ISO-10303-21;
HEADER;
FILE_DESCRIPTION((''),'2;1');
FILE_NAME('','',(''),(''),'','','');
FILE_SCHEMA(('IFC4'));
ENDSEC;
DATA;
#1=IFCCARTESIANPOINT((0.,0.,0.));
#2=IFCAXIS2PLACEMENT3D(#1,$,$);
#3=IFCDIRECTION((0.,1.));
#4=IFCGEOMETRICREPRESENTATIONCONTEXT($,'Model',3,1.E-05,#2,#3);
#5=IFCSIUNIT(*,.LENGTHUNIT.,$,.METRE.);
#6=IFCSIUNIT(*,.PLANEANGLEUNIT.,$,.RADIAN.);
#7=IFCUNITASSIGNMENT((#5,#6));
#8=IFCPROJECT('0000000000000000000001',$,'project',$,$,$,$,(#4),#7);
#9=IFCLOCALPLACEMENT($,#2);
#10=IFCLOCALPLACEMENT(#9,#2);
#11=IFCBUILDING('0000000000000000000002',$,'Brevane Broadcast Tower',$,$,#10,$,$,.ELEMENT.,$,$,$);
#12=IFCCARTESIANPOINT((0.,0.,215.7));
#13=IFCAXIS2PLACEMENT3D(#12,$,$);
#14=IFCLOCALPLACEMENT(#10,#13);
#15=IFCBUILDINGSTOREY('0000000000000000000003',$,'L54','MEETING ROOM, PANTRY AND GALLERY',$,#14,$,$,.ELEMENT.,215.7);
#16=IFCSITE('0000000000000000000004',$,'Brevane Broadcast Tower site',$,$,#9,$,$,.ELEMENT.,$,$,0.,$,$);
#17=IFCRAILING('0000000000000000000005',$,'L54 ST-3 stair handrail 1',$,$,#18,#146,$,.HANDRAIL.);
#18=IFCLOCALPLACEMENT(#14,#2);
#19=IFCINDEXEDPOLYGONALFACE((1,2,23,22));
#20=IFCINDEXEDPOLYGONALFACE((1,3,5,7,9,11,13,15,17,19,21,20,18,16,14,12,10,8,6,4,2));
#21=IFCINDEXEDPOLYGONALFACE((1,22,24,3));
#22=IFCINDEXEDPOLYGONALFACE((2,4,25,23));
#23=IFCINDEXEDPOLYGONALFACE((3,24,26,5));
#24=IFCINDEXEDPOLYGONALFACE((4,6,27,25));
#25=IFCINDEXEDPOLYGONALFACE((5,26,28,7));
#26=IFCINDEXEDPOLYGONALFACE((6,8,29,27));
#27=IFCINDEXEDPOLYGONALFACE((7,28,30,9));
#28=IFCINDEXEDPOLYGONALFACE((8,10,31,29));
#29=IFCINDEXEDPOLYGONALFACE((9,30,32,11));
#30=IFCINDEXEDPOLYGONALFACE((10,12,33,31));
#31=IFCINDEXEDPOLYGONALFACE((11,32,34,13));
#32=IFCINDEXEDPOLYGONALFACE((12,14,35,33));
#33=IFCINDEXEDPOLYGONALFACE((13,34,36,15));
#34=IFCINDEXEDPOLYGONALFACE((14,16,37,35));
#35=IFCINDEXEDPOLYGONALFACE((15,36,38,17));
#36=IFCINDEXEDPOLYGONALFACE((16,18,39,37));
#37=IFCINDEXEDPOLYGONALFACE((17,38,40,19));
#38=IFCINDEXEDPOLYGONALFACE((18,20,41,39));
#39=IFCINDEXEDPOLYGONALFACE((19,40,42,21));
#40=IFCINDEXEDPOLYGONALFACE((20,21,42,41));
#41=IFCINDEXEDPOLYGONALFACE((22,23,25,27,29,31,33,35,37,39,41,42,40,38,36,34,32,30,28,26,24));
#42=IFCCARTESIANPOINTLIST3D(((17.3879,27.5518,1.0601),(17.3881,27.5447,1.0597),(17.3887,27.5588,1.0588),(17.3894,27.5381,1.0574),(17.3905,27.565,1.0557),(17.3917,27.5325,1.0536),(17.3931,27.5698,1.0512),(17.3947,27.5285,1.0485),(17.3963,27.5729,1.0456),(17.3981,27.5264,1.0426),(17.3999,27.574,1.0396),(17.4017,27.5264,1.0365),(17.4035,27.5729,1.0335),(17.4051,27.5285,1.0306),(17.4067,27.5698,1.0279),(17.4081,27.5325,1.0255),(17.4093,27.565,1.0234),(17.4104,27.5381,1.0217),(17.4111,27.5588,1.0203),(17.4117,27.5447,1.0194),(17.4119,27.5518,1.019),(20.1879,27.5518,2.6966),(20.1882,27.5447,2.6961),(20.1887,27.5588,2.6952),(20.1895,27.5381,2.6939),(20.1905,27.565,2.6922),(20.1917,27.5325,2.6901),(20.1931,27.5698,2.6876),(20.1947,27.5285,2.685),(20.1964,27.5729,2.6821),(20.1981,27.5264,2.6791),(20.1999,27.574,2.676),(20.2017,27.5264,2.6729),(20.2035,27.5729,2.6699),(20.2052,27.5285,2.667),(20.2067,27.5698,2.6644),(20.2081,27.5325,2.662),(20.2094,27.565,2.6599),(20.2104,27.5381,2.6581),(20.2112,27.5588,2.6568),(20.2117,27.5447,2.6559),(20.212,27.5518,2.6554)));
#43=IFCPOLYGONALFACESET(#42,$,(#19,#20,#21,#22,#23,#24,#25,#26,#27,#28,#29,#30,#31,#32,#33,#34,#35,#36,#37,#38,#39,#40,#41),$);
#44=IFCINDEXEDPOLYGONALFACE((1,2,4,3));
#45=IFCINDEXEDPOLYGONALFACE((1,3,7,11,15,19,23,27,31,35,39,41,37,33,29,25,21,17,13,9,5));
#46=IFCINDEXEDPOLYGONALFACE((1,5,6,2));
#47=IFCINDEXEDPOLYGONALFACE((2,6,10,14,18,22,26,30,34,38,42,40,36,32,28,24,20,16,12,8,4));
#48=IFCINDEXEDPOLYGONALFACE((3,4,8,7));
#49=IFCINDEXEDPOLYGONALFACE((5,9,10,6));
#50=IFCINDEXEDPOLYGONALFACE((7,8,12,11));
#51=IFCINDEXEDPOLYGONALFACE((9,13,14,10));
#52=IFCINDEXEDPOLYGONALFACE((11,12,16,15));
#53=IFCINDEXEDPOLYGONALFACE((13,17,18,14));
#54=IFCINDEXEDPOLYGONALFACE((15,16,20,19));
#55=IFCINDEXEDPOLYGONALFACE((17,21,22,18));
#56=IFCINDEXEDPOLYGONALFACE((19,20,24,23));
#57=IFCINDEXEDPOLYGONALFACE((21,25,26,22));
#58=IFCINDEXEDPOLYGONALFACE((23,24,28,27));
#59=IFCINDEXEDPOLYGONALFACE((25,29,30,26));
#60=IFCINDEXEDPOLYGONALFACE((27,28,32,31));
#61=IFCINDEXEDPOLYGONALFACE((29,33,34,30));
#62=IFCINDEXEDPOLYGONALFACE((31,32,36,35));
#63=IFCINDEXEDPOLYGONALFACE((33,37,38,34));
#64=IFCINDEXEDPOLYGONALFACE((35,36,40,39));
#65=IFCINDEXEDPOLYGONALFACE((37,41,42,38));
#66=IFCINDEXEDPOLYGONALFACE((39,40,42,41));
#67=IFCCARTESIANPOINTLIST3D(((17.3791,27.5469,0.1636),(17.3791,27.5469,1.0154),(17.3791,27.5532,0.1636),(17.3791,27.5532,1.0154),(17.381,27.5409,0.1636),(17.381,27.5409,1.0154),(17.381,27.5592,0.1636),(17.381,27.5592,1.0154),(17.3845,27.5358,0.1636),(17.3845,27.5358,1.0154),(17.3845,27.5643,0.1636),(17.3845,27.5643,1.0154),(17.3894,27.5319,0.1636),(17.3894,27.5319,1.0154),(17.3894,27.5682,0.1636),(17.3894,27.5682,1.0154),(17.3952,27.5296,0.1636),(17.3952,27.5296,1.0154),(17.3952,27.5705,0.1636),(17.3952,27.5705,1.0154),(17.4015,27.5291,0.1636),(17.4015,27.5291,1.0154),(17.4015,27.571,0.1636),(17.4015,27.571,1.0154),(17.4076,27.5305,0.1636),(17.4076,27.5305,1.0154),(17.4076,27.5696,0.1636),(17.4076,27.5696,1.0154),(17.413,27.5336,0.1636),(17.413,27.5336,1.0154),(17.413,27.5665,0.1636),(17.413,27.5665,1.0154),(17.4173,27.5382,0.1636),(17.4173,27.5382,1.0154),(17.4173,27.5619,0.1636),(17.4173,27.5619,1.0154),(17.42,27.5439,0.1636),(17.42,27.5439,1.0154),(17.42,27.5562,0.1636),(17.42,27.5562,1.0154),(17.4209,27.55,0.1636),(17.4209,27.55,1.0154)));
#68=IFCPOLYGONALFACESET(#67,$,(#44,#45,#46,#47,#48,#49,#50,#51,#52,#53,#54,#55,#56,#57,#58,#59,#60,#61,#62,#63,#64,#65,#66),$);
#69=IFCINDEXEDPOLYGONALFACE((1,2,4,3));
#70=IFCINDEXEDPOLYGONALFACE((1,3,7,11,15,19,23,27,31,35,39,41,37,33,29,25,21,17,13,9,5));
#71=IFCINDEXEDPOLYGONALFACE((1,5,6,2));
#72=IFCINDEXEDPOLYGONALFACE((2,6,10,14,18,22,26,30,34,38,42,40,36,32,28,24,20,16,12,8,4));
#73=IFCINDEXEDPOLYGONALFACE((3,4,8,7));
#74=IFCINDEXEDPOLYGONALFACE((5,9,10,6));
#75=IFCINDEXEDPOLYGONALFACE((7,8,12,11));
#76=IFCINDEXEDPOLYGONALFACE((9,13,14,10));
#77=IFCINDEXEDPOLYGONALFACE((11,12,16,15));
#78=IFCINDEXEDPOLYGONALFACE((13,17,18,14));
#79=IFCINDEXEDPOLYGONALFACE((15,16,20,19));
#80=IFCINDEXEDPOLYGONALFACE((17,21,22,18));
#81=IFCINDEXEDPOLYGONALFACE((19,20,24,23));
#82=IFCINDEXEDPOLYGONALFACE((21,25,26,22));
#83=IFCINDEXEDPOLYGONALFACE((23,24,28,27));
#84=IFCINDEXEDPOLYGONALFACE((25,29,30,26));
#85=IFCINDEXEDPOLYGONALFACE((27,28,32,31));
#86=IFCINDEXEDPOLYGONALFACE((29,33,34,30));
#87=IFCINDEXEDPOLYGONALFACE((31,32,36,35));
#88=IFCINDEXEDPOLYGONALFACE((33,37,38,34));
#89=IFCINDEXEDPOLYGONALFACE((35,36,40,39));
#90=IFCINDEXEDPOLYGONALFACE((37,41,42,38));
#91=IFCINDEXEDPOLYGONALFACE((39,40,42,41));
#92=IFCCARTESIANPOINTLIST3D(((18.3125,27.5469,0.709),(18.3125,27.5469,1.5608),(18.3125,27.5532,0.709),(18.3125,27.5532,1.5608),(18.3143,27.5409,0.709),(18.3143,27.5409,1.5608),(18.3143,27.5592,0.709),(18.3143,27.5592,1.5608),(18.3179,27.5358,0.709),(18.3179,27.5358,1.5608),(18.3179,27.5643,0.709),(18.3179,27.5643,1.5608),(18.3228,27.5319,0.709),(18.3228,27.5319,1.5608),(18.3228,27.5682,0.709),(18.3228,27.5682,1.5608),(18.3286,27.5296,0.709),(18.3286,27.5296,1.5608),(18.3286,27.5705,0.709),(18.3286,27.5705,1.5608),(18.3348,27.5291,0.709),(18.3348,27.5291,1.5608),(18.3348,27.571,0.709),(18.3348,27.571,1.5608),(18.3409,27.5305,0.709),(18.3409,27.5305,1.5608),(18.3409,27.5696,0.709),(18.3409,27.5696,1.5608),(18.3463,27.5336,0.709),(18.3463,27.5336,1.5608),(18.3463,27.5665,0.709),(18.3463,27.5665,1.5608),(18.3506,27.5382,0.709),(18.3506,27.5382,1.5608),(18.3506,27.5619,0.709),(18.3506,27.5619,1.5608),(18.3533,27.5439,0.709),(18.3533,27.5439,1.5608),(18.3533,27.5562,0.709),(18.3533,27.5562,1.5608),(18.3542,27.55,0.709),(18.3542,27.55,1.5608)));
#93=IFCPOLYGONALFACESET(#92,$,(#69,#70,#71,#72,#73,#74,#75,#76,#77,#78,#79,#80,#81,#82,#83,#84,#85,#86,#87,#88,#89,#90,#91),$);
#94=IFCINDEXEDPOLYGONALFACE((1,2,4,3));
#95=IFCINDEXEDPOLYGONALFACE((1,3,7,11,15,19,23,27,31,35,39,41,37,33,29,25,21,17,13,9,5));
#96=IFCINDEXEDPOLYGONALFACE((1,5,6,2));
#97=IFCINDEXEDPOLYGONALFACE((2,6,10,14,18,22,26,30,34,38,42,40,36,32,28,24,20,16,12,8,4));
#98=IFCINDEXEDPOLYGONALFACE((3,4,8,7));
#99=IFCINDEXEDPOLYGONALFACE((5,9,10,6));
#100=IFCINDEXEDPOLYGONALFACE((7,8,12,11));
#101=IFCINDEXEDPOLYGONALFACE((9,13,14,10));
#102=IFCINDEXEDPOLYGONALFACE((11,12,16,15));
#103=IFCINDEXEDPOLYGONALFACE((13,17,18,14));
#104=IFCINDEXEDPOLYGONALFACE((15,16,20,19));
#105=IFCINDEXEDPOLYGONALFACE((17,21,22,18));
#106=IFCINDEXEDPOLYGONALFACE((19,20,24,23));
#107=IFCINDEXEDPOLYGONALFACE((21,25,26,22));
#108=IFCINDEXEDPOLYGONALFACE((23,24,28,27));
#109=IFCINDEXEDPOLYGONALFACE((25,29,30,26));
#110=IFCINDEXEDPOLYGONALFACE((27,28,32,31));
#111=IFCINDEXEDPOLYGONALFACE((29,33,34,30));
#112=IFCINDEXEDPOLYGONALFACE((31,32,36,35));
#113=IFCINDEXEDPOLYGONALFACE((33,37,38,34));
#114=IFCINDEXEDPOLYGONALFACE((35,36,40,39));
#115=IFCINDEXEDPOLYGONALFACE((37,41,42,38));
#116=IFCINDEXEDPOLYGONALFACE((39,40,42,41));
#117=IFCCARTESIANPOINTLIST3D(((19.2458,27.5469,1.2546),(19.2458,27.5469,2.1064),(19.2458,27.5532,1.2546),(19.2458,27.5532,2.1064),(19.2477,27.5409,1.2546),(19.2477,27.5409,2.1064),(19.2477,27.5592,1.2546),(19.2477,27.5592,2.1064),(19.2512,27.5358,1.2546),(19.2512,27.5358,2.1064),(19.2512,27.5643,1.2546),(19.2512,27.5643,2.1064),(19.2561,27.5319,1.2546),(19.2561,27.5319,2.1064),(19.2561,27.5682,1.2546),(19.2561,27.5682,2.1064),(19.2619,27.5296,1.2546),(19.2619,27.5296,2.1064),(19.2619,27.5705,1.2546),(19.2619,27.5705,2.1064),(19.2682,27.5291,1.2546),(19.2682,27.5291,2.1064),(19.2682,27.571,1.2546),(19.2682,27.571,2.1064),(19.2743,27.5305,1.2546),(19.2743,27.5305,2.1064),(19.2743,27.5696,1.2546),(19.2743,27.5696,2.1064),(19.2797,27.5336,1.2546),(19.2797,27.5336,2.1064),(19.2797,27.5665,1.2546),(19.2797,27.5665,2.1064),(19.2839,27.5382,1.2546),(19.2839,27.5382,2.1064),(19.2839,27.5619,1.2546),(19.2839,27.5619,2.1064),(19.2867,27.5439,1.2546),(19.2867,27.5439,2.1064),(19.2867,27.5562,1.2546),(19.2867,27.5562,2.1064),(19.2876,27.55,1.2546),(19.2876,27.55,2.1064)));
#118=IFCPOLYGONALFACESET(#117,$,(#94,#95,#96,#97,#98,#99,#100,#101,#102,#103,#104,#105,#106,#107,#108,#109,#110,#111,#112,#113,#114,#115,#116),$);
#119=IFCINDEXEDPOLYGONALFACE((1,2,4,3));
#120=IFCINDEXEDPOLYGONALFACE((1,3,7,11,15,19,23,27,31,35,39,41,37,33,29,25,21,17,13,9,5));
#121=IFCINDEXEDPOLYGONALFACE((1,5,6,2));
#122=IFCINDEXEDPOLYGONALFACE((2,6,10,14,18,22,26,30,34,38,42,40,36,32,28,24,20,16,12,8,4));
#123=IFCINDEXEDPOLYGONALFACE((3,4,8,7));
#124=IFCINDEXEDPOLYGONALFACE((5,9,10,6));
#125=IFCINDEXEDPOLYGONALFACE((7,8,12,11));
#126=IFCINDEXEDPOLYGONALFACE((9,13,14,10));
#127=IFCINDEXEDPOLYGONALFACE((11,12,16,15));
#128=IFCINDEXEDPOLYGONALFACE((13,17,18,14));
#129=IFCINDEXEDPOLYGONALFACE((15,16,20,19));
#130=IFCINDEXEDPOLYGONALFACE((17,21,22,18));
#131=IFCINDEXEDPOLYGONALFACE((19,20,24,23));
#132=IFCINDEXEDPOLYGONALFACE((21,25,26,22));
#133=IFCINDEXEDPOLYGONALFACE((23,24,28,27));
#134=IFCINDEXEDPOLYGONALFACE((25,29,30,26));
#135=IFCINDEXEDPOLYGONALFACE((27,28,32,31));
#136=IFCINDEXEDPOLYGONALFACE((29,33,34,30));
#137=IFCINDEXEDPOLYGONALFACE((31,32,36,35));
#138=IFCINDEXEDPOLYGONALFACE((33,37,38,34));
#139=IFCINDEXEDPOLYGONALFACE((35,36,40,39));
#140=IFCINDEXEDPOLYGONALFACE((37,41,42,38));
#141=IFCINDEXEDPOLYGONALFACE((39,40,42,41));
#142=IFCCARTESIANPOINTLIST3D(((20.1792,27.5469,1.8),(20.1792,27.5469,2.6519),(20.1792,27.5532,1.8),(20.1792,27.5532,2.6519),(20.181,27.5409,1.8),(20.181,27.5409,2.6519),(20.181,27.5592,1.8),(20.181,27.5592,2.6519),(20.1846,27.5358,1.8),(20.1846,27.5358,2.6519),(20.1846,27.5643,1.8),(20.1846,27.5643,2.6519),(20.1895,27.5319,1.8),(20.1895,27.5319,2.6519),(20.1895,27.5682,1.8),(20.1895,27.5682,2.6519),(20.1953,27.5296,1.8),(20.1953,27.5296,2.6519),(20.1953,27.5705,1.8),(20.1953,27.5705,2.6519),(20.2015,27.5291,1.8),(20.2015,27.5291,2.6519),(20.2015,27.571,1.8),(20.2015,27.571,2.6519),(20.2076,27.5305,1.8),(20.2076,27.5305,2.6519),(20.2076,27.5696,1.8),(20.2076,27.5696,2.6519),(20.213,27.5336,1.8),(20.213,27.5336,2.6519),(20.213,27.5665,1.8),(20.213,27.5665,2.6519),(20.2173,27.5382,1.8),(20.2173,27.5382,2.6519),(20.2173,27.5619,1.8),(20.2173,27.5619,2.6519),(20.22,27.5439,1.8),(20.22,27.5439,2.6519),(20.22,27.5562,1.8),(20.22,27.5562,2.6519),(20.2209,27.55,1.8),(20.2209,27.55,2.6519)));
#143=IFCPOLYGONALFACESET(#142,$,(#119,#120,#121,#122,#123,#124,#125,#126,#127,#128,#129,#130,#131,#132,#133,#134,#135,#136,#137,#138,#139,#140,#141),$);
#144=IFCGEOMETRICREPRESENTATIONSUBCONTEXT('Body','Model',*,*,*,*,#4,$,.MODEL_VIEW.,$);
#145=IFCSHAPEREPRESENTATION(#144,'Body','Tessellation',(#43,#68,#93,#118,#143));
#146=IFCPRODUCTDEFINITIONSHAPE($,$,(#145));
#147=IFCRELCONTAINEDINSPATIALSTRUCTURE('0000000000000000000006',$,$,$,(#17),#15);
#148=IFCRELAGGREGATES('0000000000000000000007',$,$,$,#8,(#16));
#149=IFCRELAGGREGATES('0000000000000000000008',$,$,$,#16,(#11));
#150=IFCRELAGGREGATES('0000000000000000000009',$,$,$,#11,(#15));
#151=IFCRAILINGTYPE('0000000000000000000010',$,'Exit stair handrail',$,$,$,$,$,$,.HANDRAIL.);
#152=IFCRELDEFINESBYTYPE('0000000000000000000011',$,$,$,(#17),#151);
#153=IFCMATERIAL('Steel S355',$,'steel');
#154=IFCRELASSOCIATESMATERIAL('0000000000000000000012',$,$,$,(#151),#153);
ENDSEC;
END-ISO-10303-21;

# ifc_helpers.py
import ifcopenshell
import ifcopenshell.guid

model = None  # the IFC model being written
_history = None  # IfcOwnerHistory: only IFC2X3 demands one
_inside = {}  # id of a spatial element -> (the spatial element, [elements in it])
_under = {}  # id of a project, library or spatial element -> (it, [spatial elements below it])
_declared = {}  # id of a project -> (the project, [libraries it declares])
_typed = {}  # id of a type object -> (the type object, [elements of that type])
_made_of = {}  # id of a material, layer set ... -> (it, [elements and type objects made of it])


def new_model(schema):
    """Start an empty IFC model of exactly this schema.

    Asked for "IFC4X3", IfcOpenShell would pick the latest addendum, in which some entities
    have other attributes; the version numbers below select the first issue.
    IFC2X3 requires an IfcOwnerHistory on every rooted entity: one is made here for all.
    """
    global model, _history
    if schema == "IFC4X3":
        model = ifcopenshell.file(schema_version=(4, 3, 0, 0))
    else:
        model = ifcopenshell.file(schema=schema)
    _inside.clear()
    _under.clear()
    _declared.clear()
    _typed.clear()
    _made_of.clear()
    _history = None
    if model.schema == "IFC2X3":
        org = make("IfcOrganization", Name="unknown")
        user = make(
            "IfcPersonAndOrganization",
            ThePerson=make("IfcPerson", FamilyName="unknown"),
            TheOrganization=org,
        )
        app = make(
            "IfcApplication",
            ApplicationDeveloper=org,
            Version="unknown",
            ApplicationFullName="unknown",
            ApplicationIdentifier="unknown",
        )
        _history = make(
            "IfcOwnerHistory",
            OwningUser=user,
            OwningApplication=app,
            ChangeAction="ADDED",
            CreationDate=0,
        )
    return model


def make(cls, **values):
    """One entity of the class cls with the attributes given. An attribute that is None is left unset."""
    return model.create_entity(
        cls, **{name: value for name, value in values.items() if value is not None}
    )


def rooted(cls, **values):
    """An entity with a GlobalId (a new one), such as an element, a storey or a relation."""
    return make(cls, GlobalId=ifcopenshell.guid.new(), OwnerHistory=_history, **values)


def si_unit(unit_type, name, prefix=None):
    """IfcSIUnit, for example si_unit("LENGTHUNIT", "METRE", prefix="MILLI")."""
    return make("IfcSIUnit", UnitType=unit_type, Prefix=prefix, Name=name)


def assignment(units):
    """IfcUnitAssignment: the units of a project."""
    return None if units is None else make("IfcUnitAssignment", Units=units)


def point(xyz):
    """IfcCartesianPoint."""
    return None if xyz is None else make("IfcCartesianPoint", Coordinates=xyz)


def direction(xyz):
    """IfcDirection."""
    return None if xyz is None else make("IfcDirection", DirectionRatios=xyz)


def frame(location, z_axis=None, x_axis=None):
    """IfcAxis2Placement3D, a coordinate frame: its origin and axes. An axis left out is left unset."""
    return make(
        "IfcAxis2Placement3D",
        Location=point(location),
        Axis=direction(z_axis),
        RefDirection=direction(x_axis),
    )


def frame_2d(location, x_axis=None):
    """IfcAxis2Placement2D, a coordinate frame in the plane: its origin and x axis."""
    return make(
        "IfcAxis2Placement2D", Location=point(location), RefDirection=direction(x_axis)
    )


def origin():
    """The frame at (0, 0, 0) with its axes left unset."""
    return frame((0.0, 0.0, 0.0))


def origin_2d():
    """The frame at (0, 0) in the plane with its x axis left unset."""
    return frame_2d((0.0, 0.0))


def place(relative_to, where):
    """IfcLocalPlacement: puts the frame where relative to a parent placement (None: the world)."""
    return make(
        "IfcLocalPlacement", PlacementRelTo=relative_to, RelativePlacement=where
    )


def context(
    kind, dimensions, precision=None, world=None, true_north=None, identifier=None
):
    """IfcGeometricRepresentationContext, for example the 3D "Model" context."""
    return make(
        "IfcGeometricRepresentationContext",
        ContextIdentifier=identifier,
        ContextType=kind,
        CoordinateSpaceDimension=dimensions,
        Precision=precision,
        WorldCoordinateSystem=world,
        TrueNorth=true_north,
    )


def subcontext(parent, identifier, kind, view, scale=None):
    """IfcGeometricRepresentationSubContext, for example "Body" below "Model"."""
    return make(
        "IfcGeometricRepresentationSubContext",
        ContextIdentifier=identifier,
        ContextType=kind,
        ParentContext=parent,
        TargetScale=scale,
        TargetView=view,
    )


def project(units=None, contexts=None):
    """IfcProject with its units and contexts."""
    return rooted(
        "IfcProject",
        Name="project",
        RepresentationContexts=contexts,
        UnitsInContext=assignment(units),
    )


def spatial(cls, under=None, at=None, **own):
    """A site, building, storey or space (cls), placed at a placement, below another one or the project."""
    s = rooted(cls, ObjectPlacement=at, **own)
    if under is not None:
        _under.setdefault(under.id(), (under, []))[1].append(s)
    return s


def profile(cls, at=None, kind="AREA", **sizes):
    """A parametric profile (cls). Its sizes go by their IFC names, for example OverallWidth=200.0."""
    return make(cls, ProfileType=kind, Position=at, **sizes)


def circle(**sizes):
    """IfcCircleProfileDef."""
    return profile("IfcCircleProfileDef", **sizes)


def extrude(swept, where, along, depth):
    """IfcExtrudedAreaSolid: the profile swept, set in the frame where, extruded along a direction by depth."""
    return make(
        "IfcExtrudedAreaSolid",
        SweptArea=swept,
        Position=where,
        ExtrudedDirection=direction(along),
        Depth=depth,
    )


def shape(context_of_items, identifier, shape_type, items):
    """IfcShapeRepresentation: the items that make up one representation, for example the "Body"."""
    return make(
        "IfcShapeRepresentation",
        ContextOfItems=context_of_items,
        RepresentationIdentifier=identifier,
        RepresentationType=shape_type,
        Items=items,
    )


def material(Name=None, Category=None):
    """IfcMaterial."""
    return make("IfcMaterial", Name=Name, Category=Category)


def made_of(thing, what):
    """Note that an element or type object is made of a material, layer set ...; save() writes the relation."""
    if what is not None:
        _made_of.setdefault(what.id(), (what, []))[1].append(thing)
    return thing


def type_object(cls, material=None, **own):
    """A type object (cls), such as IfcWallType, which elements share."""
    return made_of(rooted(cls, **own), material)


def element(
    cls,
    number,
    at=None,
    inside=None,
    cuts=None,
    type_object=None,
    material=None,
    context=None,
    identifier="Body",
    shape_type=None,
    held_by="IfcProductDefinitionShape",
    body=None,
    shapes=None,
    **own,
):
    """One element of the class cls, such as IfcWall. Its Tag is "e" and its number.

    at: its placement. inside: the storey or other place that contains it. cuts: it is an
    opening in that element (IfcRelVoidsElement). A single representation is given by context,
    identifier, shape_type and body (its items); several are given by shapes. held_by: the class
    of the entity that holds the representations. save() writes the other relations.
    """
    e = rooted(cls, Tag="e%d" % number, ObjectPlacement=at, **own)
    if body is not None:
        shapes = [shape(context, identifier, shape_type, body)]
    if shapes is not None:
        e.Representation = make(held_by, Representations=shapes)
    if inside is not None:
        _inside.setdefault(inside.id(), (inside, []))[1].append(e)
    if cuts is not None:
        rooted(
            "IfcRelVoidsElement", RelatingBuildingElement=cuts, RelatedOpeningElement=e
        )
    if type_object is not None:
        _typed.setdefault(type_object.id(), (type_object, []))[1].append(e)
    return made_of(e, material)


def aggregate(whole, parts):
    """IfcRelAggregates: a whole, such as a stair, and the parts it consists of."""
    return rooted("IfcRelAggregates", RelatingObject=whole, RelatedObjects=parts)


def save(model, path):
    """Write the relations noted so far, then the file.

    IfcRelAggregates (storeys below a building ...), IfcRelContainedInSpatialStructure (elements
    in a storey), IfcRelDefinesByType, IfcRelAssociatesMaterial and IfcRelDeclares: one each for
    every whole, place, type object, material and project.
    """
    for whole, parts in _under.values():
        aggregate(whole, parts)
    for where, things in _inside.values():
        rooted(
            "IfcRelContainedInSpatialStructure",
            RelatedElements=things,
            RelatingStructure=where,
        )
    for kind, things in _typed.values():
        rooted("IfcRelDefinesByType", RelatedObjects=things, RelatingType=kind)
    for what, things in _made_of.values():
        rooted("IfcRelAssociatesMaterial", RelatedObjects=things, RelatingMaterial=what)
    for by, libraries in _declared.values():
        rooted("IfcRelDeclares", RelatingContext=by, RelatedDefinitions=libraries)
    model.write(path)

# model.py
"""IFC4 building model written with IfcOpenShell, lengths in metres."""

from ifc_helpers import new_model, si_unit, direction, frame, origin, origin_2d, place, context, subcontext, project, spatial, circle, extrude, material, type_object, element, save


model = new_model("IFC4")

# Units and contexts
model_context = context("Model", 3, precision=1e-05, world=origin(), true_north=direction((0.0, 1.0)))
body_context = subcontext(model_context, "Body", "Model", "MODEL_VIEW")
ifc_project = project(units=[si_unit("LENGTHUNIT", "METRE"), si_unit("PLANEANGLEUNIT", "RADIAN")], contexts=[model_context])

# Site, building, storey
site_placement = place(None, origin())
site = spatial("IfcSite", under=ifc_project, at=site_placement, Name="Brevane Broadcast Tower site", CompositionType="ELEMENT", RefElevation=0.0)
building_placement = place(site_placement, origin())
building = spatial("IfcBuilding", under=site, at=building_placement, Name="Brevane Broadcast Tower", CompositionType="ELEMENT")
storey_placement = place(building_placement, frame((0.0, 0.0, 215.7)))
storey = spatial("IfcBuildingStorey", under=building, at=storey_placement, Name="L54", Description="MEETING ROOM, PANTRY AND GALLERY", CompositionType="ELEMENT", Elevation=215.7)

# Railing
ifc_material_1 = material(Name="Steel S355", Category="steel")
railing_type_1 = type_object("IfcRailingType", Name="Exit stair handrail", PredefinedType="HANDRAIL", material=ifc_material_1)
railing_1_placement = place(storey_placement, frame((17.3999, 27.55, 0.1636)))
element("IfcRailing", 1, at=railing_1_placement, inside=storey, type_object=railing_type_1, Name="L54 ST-3 stair handrail 1", PredefinedType="HANDRAIL", context=body_context, shape_type="SweptSolid", body=[
    extrude(circle(Radius=0.0239, at=origin_2d()), frame((0.0, 0.0, 0.876), z_axis=(0.863361, 0.0, 0.504587), x_axis=(0.0, 1.0, 0.0)), (0.0, 0.0, 1.0), 3.2432),
    extrude(circle(Radius=0.021, at=origin_2d()), origin(), (0.0, 0.0, 1.0), 0.8518),
    extrude(circle(Radius=0.021, at=origin_2d()), frame((0.9333, 0.0, 0.5454)), (0.0, 0.0, 1.0), 0.8518),
    extrude(circle(Radius=0.021, at=origin_2d()), frame((1.8667, 0.0, 1.0911)), (0.0, 0.0, 1.0), 0.8518),
    extrude(circle(Radius=0.021, at=origin_2d()), frame((2.8, 0.0, 1.6365)), (0.0, 0.0, 1.0), 0.8518),
])

save(model, "model.ifc")
